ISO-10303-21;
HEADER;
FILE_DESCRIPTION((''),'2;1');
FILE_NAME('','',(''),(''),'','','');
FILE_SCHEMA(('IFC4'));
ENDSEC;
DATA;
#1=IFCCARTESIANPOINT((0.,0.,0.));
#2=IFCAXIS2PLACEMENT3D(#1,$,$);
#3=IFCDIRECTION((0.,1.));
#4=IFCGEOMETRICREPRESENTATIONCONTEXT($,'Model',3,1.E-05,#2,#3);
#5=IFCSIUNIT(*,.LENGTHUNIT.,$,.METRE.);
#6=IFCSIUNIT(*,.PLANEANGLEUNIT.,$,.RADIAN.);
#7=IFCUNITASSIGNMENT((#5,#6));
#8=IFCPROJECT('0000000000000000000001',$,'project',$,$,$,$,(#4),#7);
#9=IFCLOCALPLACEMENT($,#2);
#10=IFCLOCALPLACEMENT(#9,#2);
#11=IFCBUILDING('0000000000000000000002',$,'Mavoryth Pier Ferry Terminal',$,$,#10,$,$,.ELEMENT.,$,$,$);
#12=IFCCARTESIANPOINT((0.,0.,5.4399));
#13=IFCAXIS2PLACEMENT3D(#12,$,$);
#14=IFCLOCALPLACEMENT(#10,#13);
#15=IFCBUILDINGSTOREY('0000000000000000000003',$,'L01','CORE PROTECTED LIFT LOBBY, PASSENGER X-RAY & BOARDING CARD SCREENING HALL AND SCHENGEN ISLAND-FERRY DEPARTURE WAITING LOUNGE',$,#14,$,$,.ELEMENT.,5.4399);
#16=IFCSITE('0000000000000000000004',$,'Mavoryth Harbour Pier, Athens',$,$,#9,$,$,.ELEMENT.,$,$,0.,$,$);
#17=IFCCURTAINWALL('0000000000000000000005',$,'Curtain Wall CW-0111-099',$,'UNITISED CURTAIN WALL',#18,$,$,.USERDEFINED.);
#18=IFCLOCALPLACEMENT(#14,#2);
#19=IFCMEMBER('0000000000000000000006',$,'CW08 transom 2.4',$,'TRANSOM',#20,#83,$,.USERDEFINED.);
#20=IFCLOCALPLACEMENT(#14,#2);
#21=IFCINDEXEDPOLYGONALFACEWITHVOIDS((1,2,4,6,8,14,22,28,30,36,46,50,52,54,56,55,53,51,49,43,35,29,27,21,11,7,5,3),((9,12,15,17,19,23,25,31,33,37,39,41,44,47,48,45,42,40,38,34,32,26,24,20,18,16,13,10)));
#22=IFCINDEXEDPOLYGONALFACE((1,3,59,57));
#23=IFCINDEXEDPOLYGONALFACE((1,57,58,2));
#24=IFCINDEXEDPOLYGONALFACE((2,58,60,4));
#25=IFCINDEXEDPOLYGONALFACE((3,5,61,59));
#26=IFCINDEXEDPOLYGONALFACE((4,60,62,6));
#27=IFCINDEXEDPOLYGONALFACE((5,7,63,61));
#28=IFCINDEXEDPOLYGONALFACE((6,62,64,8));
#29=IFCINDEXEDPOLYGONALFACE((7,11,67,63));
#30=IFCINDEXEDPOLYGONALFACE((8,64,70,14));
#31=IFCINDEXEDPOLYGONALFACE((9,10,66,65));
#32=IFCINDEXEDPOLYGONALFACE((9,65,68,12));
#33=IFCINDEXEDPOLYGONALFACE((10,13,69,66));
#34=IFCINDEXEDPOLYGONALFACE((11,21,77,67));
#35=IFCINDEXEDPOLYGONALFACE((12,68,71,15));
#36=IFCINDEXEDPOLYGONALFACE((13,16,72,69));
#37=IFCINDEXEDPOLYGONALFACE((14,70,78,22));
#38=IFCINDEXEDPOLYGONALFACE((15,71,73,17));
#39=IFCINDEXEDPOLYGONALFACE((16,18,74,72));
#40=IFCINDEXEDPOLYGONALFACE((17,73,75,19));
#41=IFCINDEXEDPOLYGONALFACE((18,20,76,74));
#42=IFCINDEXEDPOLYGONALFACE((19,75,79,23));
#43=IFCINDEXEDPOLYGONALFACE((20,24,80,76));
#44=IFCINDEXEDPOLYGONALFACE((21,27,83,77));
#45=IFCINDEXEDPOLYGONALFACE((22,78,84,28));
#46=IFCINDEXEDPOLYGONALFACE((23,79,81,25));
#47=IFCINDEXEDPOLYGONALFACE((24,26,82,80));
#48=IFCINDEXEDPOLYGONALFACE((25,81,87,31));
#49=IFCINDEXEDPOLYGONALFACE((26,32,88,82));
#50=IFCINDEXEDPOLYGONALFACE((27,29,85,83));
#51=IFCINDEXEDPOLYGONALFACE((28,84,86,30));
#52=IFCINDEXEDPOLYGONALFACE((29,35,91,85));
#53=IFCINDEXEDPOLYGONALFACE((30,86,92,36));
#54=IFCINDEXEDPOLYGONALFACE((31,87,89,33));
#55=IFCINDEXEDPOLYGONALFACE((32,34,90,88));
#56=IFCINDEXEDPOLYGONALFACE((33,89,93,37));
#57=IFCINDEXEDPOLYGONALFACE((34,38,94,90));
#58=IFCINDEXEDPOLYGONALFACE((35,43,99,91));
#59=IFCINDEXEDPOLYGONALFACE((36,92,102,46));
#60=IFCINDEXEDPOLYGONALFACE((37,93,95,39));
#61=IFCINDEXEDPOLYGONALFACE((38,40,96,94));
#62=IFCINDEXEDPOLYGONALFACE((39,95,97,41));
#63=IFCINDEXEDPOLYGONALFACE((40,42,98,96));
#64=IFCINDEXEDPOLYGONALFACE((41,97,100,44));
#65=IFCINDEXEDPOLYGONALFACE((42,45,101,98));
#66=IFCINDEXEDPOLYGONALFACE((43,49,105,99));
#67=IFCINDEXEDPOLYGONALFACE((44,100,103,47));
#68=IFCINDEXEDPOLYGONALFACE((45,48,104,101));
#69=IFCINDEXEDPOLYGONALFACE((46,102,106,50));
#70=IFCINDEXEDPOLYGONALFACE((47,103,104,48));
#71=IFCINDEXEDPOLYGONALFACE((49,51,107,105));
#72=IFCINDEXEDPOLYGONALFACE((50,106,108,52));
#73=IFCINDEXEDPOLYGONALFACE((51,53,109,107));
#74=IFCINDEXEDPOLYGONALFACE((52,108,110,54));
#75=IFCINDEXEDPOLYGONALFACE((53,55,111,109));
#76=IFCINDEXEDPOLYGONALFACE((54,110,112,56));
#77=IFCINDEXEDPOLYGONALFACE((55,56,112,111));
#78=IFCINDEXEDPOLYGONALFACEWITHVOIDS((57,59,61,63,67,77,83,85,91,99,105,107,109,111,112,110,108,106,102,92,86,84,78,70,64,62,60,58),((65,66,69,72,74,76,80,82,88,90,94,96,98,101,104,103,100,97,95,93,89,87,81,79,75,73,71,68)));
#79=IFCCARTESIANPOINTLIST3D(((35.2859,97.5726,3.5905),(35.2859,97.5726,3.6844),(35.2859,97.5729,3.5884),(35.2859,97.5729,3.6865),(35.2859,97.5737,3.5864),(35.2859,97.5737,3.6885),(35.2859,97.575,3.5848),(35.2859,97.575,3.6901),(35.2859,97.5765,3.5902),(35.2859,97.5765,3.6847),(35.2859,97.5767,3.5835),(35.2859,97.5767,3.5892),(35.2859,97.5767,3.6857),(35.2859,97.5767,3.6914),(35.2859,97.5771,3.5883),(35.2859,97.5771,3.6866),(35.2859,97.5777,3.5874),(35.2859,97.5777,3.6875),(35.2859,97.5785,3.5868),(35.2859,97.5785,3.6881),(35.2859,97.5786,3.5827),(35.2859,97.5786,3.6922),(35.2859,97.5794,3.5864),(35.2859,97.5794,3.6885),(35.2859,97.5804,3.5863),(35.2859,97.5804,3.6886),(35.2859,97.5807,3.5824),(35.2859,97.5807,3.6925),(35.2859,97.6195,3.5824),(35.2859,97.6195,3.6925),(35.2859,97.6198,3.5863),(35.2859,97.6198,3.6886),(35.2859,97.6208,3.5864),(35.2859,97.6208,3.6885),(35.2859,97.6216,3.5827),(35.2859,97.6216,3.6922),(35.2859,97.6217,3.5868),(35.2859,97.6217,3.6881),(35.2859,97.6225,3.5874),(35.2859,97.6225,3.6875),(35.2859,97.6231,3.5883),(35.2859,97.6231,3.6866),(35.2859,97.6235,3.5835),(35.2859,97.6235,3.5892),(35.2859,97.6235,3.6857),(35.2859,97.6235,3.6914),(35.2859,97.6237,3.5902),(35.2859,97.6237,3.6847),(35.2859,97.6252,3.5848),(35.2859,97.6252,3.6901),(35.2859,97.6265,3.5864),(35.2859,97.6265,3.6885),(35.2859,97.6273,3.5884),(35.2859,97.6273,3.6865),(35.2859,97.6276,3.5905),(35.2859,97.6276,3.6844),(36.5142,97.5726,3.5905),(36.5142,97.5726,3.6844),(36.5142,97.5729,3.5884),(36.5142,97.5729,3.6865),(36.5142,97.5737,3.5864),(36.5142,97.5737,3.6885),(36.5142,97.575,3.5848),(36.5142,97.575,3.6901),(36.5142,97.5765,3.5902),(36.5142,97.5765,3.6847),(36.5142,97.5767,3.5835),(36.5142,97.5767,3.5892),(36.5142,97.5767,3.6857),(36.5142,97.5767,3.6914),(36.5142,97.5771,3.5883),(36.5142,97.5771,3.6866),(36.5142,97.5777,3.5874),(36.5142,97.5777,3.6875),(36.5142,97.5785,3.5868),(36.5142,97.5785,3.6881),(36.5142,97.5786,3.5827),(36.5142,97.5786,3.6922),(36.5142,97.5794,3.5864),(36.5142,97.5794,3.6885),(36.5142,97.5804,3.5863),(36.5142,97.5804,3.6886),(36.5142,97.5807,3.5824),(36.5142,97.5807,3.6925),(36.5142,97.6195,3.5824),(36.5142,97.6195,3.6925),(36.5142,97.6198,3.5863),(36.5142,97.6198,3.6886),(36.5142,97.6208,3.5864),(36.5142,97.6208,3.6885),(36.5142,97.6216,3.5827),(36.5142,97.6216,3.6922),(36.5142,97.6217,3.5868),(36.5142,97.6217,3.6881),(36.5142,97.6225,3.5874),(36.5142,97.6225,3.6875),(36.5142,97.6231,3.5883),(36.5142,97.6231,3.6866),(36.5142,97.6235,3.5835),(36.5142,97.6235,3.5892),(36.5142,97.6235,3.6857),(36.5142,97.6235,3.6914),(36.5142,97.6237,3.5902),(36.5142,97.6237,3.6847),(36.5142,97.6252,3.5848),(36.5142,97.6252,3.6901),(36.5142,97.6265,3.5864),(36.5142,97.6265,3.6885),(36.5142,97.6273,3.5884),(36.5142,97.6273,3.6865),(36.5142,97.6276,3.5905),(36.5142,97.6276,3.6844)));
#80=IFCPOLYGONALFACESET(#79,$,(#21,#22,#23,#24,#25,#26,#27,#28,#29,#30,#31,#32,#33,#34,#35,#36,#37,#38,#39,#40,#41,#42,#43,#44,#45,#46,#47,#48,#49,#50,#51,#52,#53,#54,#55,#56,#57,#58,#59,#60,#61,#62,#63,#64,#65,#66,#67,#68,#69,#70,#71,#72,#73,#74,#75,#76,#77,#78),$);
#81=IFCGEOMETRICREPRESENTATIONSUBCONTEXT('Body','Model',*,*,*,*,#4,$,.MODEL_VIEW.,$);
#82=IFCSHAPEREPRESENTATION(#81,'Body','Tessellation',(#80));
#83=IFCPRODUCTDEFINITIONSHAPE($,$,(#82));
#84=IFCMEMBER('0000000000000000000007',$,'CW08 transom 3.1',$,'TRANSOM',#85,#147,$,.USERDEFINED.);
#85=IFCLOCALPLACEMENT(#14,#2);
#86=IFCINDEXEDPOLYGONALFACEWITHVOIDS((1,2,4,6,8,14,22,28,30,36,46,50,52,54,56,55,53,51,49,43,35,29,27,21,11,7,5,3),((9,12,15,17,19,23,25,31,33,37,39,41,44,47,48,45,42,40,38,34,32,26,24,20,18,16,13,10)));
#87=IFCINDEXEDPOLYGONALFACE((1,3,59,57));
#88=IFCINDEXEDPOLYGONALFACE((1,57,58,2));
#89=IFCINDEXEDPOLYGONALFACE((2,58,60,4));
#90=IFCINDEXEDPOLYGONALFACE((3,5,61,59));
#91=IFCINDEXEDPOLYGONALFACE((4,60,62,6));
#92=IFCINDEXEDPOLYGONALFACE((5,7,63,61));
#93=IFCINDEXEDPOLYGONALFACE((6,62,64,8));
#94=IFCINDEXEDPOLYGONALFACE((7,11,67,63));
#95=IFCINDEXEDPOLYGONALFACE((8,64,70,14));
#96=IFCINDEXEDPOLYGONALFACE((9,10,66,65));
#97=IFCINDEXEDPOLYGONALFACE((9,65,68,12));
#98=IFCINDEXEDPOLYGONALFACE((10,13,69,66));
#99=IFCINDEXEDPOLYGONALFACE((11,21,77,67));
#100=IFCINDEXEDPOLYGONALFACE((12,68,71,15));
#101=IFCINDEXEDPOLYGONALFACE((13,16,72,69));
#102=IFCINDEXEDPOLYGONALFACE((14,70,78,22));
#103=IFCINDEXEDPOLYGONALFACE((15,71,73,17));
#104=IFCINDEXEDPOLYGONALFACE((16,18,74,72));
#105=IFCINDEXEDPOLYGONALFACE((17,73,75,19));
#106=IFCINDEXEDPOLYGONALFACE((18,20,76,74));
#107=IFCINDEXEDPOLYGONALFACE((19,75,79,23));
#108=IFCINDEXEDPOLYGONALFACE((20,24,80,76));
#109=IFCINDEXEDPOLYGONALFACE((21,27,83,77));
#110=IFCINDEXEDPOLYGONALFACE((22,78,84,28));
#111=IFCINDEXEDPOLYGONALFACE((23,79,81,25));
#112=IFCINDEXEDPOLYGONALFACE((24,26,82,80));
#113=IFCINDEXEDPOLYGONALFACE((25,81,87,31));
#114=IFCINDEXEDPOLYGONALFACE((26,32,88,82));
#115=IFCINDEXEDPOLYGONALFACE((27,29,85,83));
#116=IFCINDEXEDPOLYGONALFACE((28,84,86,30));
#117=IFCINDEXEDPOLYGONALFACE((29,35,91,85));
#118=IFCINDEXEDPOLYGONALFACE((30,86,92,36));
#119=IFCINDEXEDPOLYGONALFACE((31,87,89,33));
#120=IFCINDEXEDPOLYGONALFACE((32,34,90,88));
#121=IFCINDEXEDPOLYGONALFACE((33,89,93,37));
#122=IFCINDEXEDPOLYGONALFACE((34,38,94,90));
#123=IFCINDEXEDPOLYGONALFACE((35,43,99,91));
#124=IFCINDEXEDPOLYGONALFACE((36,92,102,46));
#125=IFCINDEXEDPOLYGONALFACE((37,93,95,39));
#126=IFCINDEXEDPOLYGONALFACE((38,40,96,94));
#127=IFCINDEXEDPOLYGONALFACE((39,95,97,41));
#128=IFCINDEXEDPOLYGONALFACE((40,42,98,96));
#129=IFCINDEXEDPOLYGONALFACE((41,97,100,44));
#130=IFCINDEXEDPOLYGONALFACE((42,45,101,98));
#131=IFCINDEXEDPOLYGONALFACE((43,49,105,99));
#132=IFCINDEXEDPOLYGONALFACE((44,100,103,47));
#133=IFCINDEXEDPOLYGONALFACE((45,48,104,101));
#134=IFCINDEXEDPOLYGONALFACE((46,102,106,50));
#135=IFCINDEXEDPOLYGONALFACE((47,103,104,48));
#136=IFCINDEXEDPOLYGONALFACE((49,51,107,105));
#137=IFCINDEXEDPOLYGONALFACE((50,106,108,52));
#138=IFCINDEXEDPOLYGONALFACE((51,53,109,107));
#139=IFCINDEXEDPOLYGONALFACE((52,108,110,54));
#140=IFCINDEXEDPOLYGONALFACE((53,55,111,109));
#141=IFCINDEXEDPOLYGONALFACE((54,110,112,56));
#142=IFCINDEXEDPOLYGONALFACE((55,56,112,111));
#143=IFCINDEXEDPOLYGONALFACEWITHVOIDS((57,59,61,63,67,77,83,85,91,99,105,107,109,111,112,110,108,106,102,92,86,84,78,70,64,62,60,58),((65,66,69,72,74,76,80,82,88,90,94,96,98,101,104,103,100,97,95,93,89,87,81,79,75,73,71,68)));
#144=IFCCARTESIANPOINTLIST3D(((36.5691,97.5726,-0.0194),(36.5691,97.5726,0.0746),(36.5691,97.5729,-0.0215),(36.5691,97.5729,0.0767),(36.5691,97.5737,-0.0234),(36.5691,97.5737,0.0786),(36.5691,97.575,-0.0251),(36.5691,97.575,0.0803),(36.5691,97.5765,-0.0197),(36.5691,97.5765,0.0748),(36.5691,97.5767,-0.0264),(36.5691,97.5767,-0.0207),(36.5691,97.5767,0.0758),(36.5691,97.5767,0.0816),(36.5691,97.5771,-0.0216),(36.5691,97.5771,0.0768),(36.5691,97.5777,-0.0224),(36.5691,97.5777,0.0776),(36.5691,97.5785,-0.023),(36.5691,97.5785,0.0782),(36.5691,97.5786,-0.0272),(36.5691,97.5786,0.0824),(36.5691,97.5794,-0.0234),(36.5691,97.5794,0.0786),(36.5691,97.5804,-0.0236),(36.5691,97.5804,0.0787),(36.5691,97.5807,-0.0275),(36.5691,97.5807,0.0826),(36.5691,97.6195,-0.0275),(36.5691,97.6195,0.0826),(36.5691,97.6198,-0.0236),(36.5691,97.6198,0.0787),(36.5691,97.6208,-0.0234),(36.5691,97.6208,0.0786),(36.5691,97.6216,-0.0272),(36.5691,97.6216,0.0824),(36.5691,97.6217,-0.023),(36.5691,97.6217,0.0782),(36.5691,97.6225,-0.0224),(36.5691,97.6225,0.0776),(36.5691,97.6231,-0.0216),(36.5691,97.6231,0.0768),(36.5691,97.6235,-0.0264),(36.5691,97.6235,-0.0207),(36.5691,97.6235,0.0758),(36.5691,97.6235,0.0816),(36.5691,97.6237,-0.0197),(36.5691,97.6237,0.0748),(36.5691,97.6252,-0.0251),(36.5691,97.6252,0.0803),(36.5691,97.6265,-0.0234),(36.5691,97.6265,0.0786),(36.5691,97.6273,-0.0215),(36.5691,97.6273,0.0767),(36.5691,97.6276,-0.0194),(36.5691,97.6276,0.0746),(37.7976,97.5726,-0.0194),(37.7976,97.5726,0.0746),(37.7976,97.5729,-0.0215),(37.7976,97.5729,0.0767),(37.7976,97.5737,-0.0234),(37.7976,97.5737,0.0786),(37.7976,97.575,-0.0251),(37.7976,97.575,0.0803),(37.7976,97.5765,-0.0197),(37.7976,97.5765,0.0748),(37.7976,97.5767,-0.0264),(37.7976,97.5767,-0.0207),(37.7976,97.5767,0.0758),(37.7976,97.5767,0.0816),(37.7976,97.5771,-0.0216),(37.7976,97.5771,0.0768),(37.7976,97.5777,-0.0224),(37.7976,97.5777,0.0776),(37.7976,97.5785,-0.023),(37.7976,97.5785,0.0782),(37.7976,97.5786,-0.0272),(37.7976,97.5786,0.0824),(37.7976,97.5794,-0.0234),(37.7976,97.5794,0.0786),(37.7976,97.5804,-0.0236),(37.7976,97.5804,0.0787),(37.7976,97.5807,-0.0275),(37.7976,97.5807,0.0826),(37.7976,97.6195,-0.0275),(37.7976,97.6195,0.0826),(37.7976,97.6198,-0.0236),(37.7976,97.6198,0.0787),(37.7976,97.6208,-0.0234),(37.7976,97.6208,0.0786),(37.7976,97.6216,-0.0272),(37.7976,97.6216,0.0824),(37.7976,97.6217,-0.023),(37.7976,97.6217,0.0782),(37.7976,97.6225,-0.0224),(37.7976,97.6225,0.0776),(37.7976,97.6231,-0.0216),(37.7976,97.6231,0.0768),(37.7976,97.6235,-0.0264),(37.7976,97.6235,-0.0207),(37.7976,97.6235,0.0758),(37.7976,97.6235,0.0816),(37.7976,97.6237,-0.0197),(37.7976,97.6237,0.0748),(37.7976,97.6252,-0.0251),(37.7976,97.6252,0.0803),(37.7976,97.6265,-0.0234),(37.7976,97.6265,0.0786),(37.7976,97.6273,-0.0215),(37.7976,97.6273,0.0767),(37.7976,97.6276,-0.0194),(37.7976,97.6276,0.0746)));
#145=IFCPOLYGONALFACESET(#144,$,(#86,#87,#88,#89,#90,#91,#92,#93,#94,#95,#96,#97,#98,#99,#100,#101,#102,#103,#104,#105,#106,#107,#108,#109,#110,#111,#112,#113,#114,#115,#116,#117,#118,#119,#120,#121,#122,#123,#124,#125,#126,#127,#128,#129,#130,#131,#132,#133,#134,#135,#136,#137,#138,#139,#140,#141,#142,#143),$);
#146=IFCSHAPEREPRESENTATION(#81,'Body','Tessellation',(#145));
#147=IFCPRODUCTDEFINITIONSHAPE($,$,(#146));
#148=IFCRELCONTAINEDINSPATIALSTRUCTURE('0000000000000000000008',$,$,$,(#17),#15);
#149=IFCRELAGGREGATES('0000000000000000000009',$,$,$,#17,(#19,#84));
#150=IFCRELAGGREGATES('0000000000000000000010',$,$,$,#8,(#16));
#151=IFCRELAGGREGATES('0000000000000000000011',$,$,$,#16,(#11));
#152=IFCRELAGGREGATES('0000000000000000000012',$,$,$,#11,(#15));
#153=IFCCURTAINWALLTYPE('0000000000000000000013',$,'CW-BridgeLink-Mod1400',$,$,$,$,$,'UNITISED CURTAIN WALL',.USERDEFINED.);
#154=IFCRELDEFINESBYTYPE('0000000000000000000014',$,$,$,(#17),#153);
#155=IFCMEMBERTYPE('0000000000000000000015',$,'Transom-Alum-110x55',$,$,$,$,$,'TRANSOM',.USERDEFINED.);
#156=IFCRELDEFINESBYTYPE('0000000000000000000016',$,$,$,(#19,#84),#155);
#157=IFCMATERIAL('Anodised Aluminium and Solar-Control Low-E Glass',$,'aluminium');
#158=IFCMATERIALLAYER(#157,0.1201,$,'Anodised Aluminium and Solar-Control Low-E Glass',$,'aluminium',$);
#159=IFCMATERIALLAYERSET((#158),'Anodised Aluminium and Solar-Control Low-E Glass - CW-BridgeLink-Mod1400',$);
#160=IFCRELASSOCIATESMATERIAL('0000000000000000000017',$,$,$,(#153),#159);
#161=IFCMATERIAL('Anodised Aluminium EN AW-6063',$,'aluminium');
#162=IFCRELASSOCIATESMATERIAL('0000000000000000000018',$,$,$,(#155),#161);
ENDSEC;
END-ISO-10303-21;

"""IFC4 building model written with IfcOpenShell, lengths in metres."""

from ifc_helpers import new_model, si_unit, direction, frame, origin, origin_2d, place, context, subcontext, project, spatial, hollow_rectangle, extrude, material, layer, layer_set, material_profile, profile_set, type_object, element, aggregate, save


model = new_model("IFC4")

# Units and contexts
model_context = context("Model", 3, precision=1e-05, world=origin(), true_north=direction((0.0, 1.0)))
body_context = subcontext(model_context, "Body", "Model", "MODEL_VIEW")
ifc_project = project(units=[si_unit("LENGTHUNIT", "METRE"), si_unit("PLANEANGLEUNIT", "RADIAN")], contexts=[model_context])

# Site, building, storey
site_placement = place(None, origin())
site = spatial("IfcSite", under=ifc_project, at=site_placement, Name="Mavoryth Harbour Pier, Athens", CompositionType="ELEMENT", RefElevation=0.0)
building_placement = place(site_placement, origin())
building = spatial("IfcBuilding", under=site, at=building_placement, Name="Mavoryth Pier Ferry Terminal", CompositionType="ELEMENT")
storey_placement = place(building_placement, frame((0.0, 0.0, 5.4399)))
storey = spatial("IfcBuildingStorey", under=building, at=storey_placement, Name="L01", Description="CORE PROTECTED LIFT LOBBY, PASSENGER X-RAY & BOARDING CARD SCREENING HALL AND SCHENGEN ISLAND-FERRY DEPARTURE WAITING LOUNGE", CompositionType="ELEMENT", Elevation=5.4399)

# Shared definitions
ifc_material_1 = material(Name="Anodised Aluminium and Solar-Control Low-E Glass", Category="aluminium")
ifc_layer_1 = layer(ifc_material_1, 0.1201, Name="Anodised Aluminium and Solar-Control Low-E Glass", Category="aluminium")
ifc_layer_set_1 = layer_set([ifc_layer_1], Name="Anodised Aluminium and Solar-Control Low-E Glass - CW-BridgeLink-Mod1400")
curtain_wall_type = type_object("IfcCurtainWallType", Name="CW-BridgeLink-Mod1400", ElementType="UNITISED CURTAIN WALL", PredefinedType="USERDEFINED", material=ifc_layer_set_1)
ifc_material_2 = material(Name="Anodised Aluminium EN AW-6063", Category="aluminium")

# Curtain wall
curtain_wall_1_placement = place(storey_placement, origin())
curtain_wall_1 = element("IfcCurtainWall", 1, at=curtain_wall_1_placement, inside=storey, type_object=curtain_wall_type, Name="Curtain Wall CW-0111-099", ObjectType="UNITISED CURTAIN WALL", PredefinedType="USERDEFINED")

# Members
ifc_material_profile_1 = material_profile(ifc_material_2, hollow_rectangle(XDim=0.0549, YDim=0.1101, WallThickness=0.0039, InnerFilletRadius=0.0039, OuterFilletRadius=0.0081, at=origin_2d()), Name="AL-TRAN 110x55x4", Category="aluminium")
ifc_profile_set_1 = profile_set([ifc_material_profile_1], Name="Anodised Aluminium EN AW-6063 - AL-TRAN 110x55x4")
member_type_1 = type_object("IfcMemberType", Name="Transom-Alum-110x55", ElementType="TRANSOM", PredefinedType="USERDEFINED", material=ifc_profile_set_1)
member_1_placement = place(storey_placement, frame((35.2859, 97.6001, 3.6375), z_axis=(1.0, 0.0, 0.0), x_axis=(0.0, 1.0, 0.0)))
member_1 = element("IfcMember", 2, at=member_1_placement, type_object=member_type_1, Name="CW08 transom 2.4", ObjectType="TRANSOM", PredefinedType="USERDEFINED", context=body_context, shape_type="SweptSolid", body=[
    extrude(hollow_rectangle(XDim=0.0549, YDim=0.1101, WallThickness=0.0039, InnerFilletRadius=0.0039, OuterFilletRadius=0.0081, at=origin_2d()), origin(), (0.0, 0.0, 1.0), 1.2283),
])
member_2_placement = place(storey_placement, frame((36.5691, 97.6001, 0.0276), z_axis=(1.0, 0.0, 0.0), x_axis=(0.0, 1.0, 0.0)))
member_2 = element("IfcMember", 3, at=member_2_placement, type_object=member_type_1, Name="CW08 transom 3.1", ObjectType="TRANSOM", PredefinedType="USERDEFINED", context=body_context, shape_type="SweptSolid", body=[
    extrude(hollow_rectangle(XDim=0.0549, YDim=0.1101, WallThickness=0.0039, InnerFilletRadius=0.0039, OuterFilletRadius=0.0081, at=origin_2d()), origin(), (0.0, 0.0, 1.0), 1.2285),
])

aggregate(curtain_wall_1, [member_1, member_2])

save(model, "model.ifc")
